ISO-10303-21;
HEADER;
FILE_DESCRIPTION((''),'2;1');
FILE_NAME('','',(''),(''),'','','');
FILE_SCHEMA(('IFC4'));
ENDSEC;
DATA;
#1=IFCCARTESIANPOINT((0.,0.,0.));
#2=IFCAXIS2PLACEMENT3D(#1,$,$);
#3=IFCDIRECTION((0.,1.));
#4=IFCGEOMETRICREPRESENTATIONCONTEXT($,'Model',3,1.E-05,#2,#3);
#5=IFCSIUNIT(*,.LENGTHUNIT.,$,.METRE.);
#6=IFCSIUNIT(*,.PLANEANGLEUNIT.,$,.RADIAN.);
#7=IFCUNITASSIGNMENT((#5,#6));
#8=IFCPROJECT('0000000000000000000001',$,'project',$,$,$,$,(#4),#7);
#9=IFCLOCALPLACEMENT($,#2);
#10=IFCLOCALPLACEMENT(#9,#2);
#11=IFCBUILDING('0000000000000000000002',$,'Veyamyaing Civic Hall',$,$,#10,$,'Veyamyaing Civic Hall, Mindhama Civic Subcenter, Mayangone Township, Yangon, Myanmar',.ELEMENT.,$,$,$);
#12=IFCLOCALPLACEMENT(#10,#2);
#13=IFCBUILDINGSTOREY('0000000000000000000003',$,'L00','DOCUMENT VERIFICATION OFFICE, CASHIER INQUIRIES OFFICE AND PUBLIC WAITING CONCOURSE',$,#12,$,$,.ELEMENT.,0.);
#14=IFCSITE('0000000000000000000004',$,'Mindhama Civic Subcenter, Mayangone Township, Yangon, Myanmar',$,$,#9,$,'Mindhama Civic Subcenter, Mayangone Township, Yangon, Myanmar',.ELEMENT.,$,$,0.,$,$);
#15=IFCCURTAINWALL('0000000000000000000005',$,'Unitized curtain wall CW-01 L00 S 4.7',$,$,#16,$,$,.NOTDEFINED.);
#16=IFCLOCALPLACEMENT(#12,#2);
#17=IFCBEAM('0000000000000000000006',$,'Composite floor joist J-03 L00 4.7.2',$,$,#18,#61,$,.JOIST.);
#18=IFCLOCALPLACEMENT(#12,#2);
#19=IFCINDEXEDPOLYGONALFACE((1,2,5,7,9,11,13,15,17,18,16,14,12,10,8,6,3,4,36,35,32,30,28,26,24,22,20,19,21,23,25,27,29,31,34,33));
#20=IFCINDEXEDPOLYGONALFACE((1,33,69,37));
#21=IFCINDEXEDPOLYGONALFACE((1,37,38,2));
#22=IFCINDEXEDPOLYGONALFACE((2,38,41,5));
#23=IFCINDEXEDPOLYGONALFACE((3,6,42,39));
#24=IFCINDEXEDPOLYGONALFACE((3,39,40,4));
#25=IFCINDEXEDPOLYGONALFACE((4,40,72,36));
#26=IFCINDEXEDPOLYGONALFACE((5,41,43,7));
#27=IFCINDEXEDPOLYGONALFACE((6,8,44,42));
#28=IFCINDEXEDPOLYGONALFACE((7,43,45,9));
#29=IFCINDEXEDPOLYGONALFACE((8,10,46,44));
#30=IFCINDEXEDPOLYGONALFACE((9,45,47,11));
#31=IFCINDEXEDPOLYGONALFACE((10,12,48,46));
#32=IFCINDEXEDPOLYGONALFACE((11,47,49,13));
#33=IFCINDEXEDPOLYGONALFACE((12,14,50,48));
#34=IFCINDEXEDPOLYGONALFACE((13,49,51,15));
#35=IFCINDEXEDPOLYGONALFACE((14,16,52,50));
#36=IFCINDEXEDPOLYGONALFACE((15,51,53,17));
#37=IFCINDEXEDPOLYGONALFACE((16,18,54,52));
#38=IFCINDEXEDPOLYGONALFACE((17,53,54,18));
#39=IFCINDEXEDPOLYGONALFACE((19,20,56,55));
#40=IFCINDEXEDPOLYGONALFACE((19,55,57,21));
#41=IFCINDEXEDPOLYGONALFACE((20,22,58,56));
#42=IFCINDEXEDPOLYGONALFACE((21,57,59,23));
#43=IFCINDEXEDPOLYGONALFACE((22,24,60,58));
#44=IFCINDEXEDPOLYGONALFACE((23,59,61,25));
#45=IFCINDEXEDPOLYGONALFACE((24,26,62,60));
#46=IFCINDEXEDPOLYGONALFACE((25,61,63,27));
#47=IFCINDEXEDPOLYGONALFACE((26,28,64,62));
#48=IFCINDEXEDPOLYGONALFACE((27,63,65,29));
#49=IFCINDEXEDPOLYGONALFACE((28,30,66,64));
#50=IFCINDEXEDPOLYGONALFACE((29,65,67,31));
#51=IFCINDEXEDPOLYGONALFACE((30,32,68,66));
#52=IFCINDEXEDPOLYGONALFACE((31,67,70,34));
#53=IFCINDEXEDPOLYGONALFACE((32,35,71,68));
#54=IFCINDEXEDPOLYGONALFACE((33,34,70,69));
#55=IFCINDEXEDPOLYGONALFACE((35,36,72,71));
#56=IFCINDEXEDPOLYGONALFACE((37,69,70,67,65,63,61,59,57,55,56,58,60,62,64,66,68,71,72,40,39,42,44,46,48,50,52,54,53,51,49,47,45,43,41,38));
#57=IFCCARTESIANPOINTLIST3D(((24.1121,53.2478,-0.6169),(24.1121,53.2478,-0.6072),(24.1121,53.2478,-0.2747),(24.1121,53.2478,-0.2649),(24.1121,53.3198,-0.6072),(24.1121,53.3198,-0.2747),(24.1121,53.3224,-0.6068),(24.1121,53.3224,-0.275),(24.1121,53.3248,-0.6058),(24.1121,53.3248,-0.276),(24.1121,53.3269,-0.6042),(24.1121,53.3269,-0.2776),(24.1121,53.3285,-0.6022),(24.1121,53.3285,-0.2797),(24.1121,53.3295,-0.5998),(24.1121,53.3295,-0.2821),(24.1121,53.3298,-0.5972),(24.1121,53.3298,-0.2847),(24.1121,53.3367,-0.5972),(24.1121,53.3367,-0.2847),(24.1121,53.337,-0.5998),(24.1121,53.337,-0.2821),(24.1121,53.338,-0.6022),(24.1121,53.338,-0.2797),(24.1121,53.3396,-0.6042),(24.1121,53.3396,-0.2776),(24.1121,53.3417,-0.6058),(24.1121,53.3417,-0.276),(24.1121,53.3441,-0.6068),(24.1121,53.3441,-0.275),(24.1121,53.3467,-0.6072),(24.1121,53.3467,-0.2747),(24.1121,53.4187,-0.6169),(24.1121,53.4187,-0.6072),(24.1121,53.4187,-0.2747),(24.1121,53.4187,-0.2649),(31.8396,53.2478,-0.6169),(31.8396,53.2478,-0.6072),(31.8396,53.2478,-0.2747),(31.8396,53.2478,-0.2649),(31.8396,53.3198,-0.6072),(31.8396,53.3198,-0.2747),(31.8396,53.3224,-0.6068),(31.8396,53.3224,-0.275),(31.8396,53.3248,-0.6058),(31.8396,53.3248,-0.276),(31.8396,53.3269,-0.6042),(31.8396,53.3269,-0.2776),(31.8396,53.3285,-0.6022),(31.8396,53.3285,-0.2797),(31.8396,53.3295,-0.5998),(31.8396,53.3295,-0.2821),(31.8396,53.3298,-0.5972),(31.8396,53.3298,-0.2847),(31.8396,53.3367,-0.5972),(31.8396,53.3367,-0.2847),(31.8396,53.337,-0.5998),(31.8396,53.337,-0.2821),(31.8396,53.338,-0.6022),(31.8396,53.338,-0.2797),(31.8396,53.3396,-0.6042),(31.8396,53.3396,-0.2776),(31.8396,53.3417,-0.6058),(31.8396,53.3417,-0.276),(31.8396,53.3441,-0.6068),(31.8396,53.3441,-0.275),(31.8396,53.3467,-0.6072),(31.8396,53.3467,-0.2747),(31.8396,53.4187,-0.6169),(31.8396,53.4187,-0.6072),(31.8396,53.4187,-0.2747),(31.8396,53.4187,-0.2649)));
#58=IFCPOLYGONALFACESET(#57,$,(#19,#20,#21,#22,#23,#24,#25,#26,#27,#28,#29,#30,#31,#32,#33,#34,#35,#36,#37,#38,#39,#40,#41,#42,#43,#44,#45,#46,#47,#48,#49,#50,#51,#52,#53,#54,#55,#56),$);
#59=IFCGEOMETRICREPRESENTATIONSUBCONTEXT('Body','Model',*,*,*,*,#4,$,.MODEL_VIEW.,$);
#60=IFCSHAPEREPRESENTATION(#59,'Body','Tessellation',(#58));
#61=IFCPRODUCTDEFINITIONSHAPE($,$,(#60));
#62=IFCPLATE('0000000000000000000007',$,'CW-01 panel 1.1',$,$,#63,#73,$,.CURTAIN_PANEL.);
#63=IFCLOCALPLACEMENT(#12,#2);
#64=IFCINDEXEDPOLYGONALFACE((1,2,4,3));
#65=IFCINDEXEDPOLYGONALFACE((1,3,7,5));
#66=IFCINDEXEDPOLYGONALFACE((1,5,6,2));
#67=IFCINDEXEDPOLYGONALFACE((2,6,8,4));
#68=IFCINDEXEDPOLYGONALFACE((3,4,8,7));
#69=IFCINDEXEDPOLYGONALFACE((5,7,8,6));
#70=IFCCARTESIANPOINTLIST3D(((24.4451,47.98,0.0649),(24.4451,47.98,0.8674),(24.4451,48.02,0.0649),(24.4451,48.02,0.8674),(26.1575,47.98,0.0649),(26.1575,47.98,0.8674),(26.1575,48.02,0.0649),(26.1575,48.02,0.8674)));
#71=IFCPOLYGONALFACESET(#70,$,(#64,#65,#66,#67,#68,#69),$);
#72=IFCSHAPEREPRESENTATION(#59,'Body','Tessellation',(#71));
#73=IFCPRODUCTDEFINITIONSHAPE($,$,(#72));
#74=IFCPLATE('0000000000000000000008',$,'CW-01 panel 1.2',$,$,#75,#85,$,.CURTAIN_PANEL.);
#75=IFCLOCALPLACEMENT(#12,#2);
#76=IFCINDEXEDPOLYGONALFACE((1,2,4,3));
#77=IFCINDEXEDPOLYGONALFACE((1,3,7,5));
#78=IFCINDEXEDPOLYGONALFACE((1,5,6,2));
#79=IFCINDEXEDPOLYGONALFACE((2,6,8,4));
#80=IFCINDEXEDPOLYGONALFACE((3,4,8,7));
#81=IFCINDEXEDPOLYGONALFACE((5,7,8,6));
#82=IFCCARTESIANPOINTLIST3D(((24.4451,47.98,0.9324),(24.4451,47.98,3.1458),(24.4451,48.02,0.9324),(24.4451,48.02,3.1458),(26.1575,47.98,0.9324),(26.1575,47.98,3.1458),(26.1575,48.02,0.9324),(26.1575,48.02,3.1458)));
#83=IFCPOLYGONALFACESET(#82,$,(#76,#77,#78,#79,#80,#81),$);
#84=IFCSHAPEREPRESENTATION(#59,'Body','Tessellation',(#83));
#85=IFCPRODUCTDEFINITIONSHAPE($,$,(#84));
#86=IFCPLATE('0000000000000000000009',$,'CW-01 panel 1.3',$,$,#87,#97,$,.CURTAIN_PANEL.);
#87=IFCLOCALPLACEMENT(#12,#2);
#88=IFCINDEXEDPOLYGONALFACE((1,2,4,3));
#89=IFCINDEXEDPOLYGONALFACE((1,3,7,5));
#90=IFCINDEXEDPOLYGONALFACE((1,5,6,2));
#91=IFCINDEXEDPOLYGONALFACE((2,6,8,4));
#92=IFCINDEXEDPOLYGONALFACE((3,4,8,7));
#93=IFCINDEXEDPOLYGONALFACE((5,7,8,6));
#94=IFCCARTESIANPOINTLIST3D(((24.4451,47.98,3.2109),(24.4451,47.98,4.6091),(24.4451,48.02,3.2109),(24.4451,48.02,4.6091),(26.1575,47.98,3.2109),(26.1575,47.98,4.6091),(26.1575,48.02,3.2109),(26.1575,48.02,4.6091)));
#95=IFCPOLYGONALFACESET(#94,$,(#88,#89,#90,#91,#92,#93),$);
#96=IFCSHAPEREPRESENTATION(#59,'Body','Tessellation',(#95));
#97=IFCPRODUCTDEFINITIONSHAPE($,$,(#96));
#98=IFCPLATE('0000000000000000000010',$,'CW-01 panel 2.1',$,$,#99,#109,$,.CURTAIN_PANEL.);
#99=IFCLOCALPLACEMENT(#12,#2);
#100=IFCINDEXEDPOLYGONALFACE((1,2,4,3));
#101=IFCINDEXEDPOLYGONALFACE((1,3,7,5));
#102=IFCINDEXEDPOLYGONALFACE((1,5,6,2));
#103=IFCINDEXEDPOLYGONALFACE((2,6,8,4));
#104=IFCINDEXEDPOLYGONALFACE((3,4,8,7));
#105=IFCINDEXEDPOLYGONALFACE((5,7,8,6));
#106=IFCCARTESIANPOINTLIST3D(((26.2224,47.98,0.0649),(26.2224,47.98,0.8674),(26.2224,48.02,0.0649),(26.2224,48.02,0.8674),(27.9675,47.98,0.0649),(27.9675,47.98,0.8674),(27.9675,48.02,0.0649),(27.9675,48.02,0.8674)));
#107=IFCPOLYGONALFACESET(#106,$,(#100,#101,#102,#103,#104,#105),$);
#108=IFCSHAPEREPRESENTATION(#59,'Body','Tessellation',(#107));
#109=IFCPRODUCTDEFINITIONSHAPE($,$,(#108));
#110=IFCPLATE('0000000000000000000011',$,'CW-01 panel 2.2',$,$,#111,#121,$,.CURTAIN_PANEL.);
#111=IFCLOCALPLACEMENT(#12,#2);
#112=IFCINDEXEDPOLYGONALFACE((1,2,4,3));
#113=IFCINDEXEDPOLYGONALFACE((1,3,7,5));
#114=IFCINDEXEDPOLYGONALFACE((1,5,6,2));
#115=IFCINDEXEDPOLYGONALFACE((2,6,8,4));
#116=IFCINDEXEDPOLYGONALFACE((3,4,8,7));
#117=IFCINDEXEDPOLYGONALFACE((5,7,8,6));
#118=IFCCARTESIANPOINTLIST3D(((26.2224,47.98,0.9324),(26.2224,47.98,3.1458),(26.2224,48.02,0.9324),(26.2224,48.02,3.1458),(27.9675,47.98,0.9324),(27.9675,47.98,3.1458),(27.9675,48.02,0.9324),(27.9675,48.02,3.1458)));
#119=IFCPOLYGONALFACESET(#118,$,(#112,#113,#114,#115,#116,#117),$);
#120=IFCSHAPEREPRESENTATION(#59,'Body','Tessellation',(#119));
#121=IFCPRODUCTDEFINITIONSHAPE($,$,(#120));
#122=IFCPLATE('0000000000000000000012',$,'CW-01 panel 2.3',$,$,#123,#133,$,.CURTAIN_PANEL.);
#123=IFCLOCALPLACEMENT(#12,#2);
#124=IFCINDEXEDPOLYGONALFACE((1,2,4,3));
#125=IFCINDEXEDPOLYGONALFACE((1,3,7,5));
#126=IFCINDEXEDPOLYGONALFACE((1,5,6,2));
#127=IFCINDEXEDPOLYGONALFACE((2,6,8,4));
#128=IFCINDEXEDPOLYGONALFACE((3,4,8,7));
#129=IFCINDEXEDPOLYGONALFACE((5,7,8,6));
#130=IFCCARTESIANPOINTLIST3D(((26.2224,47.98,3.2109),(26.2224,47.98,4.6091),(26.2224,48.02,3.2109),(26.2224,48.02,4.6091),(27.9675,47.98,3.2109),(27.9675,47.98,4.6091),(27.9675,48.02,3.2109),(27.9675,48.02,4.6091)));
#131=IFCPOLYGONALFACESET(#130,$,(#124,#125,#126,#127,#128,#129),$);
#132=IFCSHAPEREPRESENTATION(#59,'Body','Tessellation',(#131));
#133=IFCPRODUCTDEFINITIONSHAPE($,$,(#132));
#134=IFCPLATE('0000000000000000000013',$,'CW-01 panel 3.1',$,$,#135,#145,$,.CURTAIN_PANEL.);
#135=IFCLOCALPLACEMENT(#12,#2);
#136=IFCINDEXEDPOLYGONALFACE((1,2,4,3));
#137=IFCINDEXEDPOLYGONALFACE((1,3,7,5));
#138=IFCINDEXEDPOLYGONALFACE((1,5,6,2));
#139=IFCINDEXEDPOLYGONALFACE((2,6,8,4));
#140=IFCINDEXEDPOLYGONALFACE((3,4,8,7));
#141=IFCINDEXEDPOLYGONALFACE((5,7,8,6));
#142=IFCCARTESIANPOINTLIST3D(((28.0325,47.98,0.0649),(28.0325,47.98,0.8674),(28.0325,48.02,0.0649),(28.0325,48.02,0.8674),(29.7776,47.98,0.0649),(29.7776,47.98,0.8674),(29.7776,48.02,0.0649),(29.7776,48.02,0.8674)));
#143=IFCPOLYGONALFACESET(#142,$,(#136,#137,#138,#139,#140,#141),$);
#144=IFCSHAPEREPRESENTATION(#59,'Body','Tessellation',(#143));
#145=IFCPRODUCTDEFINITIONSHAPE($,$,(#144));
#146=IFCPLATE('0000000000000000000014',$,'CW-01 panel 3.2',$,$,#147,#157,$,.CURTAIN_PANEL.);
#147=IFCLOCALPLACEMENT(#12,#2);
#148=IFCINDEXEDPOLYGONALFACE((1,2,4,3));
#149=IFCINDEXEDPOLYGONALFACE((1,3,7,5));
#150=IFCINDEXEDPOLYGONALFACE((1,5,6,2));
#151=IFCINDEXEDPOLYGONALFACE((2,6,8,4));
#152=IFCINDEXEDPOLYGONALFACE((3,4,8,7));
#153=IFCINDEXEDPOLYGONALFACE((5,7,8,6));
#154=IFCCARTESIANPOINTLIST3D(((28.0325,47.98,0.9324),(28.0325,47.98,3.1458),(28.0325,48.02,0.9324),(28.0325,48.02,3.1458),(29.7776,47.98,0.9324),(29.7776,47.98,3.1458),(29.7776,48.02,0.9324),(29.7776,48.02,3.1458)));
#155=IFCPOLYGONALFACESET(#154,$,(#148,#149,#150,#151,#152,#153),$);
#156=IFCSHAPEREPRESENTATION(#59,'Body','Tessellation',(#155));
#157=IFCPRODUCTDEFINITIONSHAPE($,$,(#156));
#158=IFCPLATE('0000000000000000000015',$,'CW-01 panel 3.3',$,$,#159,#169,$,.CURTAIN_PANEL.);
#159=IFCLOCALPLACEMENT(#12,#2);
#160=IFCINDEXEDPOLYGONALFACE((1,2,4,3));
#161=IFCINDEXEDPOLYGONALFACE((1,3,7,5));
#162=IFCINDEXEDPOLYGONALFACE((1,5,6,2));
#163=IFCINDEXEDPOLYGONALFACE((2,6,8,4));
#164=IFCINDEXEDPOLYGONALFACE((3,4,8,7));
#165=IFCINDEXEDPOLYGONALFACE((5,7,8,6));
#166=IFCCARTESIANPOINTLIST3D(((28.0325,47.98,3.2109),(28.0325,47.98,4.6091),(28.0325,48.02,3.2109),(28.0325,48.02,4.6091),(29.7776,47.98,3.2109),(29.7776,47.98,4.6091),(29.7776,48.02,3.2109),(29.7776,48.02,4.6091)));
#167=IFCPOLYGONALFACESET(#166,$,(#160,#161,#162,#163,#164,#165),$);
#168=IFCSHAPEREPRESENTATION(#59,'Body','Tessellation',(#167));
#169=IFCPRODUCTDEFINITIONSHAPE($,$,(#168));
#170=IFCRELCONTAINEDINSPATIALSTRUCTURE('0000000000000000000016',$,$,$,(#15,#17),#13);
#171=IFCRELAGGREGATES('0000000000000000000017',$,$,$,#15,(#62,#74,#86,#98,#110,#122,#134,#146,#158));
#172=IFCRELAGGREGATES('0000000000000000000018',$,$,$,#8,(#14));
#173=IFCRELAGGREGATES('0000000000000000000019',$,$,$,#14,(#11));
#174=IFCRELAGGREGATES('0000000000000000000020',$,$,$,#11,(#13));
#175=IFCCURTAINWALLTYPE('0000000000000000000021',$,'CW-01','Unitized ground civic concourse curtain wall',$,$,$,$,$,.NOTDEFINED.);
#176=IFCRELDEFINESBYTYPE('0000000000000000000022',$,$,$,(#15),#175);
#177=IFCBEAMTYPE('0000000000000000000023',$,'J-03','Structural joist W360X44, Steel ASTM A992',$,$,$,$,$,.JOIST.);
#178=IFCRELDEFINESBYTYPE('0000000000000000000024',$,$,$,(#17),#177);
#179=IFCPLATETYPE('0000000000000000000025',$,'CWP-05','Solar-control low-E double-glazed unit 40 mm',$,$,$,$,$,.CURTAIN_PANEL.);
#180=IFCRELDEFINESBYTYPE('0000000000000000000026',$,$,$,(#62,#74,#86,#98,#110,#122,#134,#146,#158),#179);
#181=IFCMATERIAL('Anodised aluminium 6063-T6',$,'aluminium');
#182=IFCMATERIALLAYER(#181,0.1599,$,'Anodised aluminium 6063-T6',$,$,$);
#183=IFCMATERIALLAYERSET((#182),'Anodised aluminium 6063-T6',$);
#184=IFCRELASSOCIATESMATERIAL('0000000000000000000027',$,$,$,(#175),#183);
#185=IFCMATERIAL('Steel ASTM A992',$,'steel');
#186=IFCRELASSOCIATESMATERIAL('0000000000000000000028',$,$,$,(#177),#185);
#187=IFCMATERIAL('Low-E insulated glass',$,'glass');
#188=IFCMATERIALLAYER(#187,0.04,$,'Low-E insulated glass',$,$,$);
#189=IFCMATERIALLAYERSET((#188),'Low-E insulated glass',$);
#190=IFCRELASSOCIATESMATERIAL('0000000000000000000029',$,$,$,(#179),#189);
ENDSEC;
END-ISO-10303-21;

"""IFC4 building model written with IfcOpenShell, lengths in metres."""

from ifc_helpers import new_model, si_unit, direction, frame, origin, origin_2d, place, context, subcontext, project, spatial, rectangle, i_section, extrude, material, layer, layer_set, material_profile, profile_set, type_object, element, aggregate, save


model = new_model("IFC4")

# Units and contexts
model_context = context("Model", 3, precision=1e-05, world=origin(), true_north=direction((0.0, 1.0)))
body_context = subcontext(model_context, "Body", "Model", "MODEL_VIEW")
ifc_project = project(units=[si_unit("LENGTHUNIT", "METRE"), si_unit("PLANEANGLEUNIT", "RADIAN")], contexts=[model_context])

# Site, building, storey
site_placement = place(None, origin())
site = spatial("IfcSite", under=ifc_project, at=site_placement, Name="Mindhama Civic Subcenter, Mayangone Township, Yangon, Myanmar", LongName="Mindhama Civic Subcenter, Mayangone Township, Yangon, Myanmar", CompositionType="ELEMENT", RefElevation=0.0)
building_placement = place(site_placement, origin())
building = spatial("IfcBuilding", under=site, at=building_placement, Name="Veyamyaing Civic Hall", LongName="Veyamyaing Civic Hall, Mindhama Civic Subcenter, Mayangone Township, Yangon, Myanmar", CompositionType="ELEMENT")
storey_placement = place(building_placement, origin())
storey = spatial("IfcBuildingStorey", under=building, at=storey_placement, Name="L00", Description="DOCUMENT VERIFICATION OFFICE, CASHIER INQUIRIES OFFICE AND PUBLIC WAITING CONCOURSE", CompositionType="ELEMENT", Elevation=0.0)

# Shared definitions
ifc_material_1 = material(Name="Steel ASTM A992", Category="steel")

# Curtain wall
ifc_material_2 = material(Name="Anodised aluminium 6063-T6", Category="aluminium")
ifc_layer_1 = layer(ifc_material_2, 0.1599, Name="Anodised aluminium 6063-T6")
ifc_layer_set_1 = layer_set([ifc_layer_1], Name="Anodised aluminium 6063-T6")
curtain_wall_type = type_object("IfcCurtainWallType", Name="CW-01", Description="Unitized ground civic concourse curtain wall", PredefinedType="NOTDEFINED", material=ifc_layer_set_1)
curtain_wall_placement = place(storey_placement, origin())
curtain_wall = element("IfcCurtainWall", 1, at=curtain_wall_placement, inside=storey, type_object=curtain_wall_type, Name="Unitized curtain wall CW-01 L00 S 4.7", PredefinedType="NOTDEFINED")

# Beam
ifc_material_profile_1 = material_profile(ifc_material_1, i_section(OverallWidth=0.1709, OverallDepth=0.3521, WebThickness=0.0068, FlangeThickness=0.0098, FilletRadius=0.01, at=origin_2d()), Name="W360X44")
ifc_profile_set_1 = profile_set([ifc_material_profile_1], Name="Steel ASTM A992")
beam_type_1 = type_object("IfcBeamType", Name="J-03", Description="Structural joist W360X44, Steel ASTM A992", PredefinedType="JOIST", material=ifc_profile_set_1)
for number, where, z_axis, x_axis, name in (
    (2, (24.1121, 53.3333, -0.4409), (1.0, 0.0, 0.0), (0.0, 1.0, 0.0), "Composite floor joist J-03 L00 4.7.2"),
):
    element("IfcBeam", number, at=place(storey_placement, frame(where, z_axis=z_axis, x_axis=x_axis)), inside=storey, type_object=beam_type_1, Name=name, PredefinedType="JOIST", context=body_context, shape_type="SweptSolid", body=[
        extrude(i_section(OverallWidth=0.1709, OverallDepth=0.3521, WebThickness=0.0068, FlangeThickness=0.0098, FilletRadius=0.01, at=origin_2d()), origin(), (0.0, 0.0, 1.0), 7.7275),
    ])

# Plates
ifc_material_3 = material(Name="Low-E insulated glass", Category="glass")
ifc_layer_2 = layer(ifc_material_3, 0.04, Name="Low-E insulated glass")
ifc_layer_set_2 = layer_set([ifc_layer_2], Name="Low-E insulated glass")
plate_type = type_object("IfcPlateType", Name="CWP-05", Description="Solar-control low-E double-glazed unit 40 mm", PredefinedType="CURTAIN_PANEL", material=ifc_layer_set_2)
plate_1_placement = place(storey_placement, frame((25.3013, 48.0, 0.0649), z_axis=(0.0, 0.0, 1.0), x_axis=(1.0, 0.0, 0.0)))
plate_1 = element("IfcPlate", 3, at=plate_1_placement, type_object=plate_type, Name="CW-01 panel 1.1", PredefinedType="CURTAIN_PANEL", context=body_context, shape_type="SweptSolid", body=[
    extrude(rectangle(XDim=1.7124, YDim=0.04, at=origin_2d()), origin(), (0.0, 0.0, 1.0), 0.8025),
])
plate_2_placement = place(storey_placement, frame((25.3013, 48.0, 0.9324), z_axis=(0.0, 0.0, 1.0), x_axis=(1.0, 0.0, 0.0)))
plate_2 = element("IfcPlate", 4, at=plate_2_placement, type_object=plate_type, Name="CW-01 panel 1.2", PredefinedType="CURTAIN_PANEL", context=body_context, shape_type="SweptSolid", body=[
    extrude(rectangle(XDim=1.7124, YDim=0.04, at=origin_2d()), origin(), (0.0, 0.0, 1.0), 2.2134),
])
plate_3_placement = place(storey_placement, frame((25.3013, 48.0, 3.2109), z_axis=(0.0, 0.0, 1.0), x_axis=(1.0, 0.0, 0.0)))
plate_3 = element("IfcPlate", 5, at=plate_3_placement, type_object=plate_type, Name="CW-01 panel 1.3", PredefinedType="CURTAIN_PANEL", context=body_context, shape_type="SweptSolid", body=[
    extrude(rectangle(XDim=1.7124, YDim=0.04, at=origin_2d()), origin(), (0.0, 0.0, 1.0), 1.3982),
])
plate_4_placement = place(storey_placement, frame((27.095, 48.0, 0.0649), z_axis=(0.0, 0.0, 1.0), x_axis=(1.0, 0.0, 0.0)))
plate_4 = element("IfcPlate", 6, at=plate_4_placement, type_object=plate_type, Name="CW-01 panel 2.1", PredefinedType="CURTAIN_PANEL", context=body_context, shape_type="SweptSolid", body=[
    extrude(rectangle(XDim=1.7451, YDim=0.04, at=origin_2d()), origin(), (0.0, 0.0, 1.0), 0.8025),
])
plate_5_placement = place(storey_placement, frame((27.095, 48.0, 0.9324), z_axis=(0.0, 0.0, 1.0), x_axis=(1.0, 0.0, 0.0)))
plate_5 = element("IfcPlate", 7, at=plate_5_placement, type_object=plate_type, Name="CW-01 panel 2.2", PredefinedType="CURTAIN_PANEL", context=body_context, shape_type="SweptSolid", body=[
    extrude(rectangle(XDim=1.7451, YDim=0.04, at=origin_2d()), origin(), (0.0, 0.0, 1.0), 2.2134),
])
plate_6_placement = place(storey_placement, frame((27.095, 48.0, 3.2109), z_axis=(0.0, 0.0, 1.0), x_axis=(1.0, 0.0, 0.0)))
plate_6 = element("IfcPlate", 8, at=plate_6_placement, type_object=plate_type, Name="CW-01 panel 2.3", PredefinedType="CURTAIN_PANEL", context=body_context, shape_type="SweptSolid", body=[
    extrude(rectangle(XDim=1.7451, YDim=0.04, at=origin_2d()), origin(), (0.0, 0.0, 1.0), 1.3982),
])
plate_7_placement = place(storey_placement, frame((28.905, 48.0, 0.0649), z_axis=(0.0, 0.0, 1.0), x_axis=(1.0, 0.0, 0.0)))
plate_7 = element("IfcPlate", 9, at=plate_7_placement, type_object=plate_type, Name="CW-01 panel 3.1", PredefinedType="CURTAIN_PANEL", context=body_context, shape_type="SweptSolid", body=[
    extrude(rectangle(XDim=1.7451, YDim=0.04, at=origin_2d()), origin(), (0.0, 0.0, 1.0), 0.8025),
])
plate_8_placement = place(storey_placement, frame((28.905, 48.0, 0.9324), z_axis=(0.0, 0.0, 1.0), x_axis=(1.0, 0.0, 0.0)))
plate_8 = element("IfcPlate", 10, at=plate_8_placement, type_object=plate_type, Name="CW-01 panel 3.2", PredefinedType="CURTAIN_PANEL", context=body_context, shape_type="SweptSolid", body=[
    extrude(rectangle(XDim=1.7451, YDim=0.04, at=origin_2d()), origin(), (0.0, 0.0, 1.0), 2.2134),
])
plate_9_placement = place(storey_placement, frame((28.905, 48.0, 3.2109), z_axis=(0.0, 0.0, 1.0), x_axis=(1.0, 0.0, 0.0)))
plate_9 = element("IfcPlate", 11, at=plate_9_placement, type_object=plate_type, Name="CW-01 panel 3.3", PredefinedType="CURTAIN_PANEL", context=body_context, shape_type="SweptSolid", body=[
    extrude(rectangle(XDim=1.7451, YDim=0.04, at=origin_2d()), origin(), (0.0, 0.0, 1.0), 1.3982),
])
aggregate(curtain_wall, [plate_1, plate_2, plate_3, plate_4, plate_5, plate_6, plate_7, plate_8, plate_9])

save(model, "model.ifc")
